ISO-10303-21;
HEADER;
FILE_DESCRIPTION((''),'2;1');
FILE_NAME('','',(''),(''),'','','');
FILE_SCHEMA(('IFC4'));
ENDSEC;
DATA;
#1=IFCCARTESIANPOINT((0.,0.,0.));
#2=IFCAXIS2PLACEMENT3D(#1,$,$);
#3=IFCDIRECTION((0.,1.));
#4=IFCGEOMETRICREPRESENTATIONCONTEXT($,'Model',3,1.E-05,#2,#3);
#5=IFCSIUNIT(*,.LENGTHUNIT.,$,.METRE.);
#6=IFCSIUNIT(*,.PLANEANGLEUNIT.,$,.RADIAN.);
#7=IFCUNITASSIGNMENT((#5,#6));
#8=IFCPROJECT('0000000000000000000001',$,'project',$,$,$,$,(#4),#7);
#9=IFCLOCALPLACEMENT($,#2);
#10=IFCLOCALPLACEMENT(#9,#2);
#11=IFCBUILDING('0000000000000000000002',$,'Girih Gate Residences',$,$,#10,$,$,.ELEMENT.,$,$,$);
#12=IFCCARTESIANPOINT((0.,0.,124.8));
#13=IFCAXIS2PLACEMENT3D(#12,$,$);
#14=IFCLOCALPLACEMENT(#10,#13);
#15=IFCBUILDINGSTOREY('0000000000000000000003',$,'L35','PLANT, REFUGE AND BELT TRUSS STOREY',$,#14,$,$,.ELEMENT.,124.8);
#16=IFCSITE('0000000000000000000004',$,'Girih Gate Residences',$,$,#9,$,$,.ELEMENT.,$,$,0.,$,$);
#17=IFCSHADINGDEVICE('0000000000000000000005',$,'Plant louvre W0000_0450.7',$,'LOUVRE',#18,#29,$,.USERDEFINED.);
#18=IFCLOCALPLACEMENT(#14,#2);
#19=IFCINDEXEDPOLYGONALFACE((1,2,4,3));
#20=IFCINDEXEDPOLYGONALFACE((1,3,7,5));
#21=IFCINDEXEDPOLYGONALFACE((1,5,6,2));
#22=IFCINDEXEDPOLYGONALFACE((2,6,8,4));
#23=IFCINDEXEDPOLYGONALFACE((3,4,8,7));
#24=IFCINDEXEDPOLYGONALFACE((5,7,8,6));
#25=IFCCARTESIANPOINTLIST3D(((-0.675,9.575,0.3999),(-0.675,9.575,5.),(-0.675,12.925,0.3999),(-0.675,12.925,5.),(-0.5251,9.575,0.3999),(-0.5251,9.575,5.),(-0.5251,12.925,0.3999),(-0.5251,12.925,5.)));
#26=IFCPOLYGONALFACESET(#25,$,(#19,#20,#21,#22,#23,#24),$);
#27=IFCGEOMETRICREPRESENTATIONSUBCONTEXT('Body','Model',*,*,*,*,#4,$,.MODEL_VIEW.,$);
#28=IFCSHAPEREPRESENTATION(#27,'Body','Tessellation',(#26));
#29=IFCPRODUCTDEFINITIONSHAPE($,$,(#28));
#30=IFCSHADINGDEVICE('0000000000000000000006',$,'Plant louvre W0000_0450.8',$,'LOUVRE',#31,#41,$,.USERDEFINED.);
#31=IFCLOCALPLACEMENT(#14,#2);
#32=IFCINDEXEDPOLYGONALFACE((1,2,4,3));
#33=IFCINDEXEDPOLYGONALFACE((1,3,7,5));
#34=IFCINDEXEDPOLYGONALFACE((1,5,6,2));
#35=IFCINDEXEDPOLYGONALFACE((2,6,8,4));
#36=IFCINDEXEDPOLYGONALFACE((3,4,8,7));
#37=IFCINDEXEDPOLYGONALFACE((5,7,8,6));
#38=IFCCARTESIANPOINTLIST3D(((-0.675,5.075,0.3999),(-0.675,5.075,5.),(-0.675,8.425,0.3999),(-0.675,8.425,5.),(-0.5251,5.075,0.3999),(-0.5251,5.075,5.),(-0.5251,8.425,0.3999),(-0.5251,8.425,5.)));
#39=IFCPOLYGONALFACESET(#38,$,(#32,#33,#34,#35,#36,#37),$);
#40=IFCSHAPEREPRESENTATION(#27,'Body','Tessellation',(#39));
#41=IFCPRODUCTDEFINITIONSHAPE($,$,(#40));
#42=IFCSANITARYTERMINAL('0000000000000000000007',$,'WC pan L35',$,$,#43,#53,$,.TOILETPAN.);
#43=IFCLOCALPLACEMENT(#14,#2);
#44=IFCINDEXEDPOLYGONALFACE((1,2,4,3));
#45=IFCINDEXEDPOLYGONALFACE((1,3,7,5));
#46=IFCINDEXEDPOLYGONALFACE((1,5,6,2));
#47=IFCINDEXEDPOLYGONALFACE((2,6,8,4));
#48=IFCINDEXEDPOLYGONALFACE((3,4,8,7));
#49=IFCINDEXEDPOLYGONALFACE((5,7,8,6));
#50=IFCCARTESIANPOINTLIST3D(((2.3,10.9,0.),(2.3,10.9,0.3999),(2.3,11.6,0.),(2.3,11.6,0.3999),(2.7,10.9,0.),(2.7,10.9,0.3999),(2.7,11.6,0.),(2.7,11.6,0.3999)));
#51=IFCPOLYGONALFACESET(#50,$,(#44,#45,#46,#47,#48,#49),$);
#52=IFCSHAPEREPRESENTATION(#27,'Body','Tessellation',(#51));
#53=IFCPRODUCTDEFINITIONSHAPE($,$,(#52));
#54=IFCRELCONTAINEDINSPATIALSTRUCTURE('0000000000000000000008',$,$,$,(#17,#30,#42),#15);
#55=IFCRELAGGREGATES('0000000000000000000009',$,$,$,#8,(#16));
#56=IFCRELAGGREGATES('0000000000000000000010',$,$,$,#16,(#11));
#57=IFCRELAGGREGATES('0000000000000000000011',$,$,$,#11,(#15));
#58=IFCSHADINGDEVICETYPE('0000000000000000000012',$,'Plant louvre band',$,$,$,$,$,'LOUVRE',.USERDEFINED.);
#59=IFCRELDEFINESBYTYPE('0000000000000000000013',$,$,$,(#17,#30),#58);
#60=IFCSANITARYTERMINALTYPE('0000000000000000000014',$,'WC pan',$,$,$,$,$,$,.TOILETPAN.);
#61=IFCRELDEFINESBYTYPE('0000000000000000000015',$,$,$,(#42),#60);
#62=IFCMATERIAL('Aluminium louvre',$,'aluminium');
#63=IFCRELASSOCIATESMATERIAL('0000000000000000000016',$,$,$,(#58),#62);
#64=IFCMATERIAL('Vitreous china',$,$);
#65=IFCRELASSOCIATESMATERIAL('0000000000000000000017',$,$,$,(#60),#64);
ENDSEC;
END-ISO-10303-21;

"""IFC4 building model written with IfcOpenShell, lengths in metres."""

from ifc_helpers import new_model, si_unit, direction, frame, origin, origin_2d, place, context, subcontext, project, spatial, rectangle, extrude, material, type_object, element, save


model = new_model("IFC4")

# Units and contexts
model_context = context("Model", 3, precision=1e-05, world=origin(), true_north=direction((0.0, 1.0)))
body_context = subcontext(model_context, "Body", "Model", "MODEL_VIEW")
ifc_project = project(units=[si_unit("LENGTHUNIT", "METRE"), si_unit("PLANEANGLEUNIT", "RADIAN")], contexts=[model_context])

# Site, building, storey
site_placement = place(None, origin())
site = spatial("IfcSite", under=ifc_project, at=site_placement, Name="Girih Gate Residences", CompositionType="ELEMENT", RefElevation=0.0)
building_placement = place(site_placement, origin())
building = spatial("IfcBuilding", under=site, at=building_placement, Name="Girih Gate Residences", CompositionType="ELEMENT")
storey_placement = place(building_placement, frame((0.0, 0.0, 124.8)))
storey = spatial("IfcBuildingStorey", under=building, at=storey_placement, Name="L35", Description="PLANT, REFUGE AND BELT TRUSS STOREY", CompositionType="ELEMENT", Elevation=124.8)

# Shading devices
ifc_material_1 = material(Name="Aluminium louvre", Category="aluminium")
shading_device_type = type_object("IfcShadingDeviceType", Name="Plant louvre band", ElementType="LOUVRE", PredefinedType="USERDEFINED", material=ifc_material_1)
for number, where, z_axis, x_axis, name in (
    (1, (-0.6001, 11.25, 0.3999), (0.0, 0.0, 1.0), (0.0, -1.0, 0.0), "Plant louvre W0000_0450.7"),
    (2, (-0.6001, 6.75, 0.3999), (0.0, 0.0, 1.0), (0.0, -1.0, 0.0), "Plant louvre W0000_0450.8"),
):
    element("IfcShadingDevice", number, at=place(storey_placement, frame(where, z_axis=z_axis, x_axis=x_axis)), inside=storey, type_object=shading_device_type, Name=name, ObjectType="LOUVRE", PredefinedType="USERDEFINED", context=body_context, shape_type="SweptSolid", body=[
        extrude(rectangle(XDim=3.3501, YDim=0.1499, at=origin_2d()), origin(), (0.0, 0.0, 1.0), 4.6001),
    ])

# Sanitary terminal
ifc_material_2 = material(Name="Vitreous china")
sanitary_terminal_type = type_object("IfcSanitaryTerminalType", Name="WC pan", PredefinedType="TOILETPAN", material=ifc_material_2)
sanitary_terminal_placement = place(storey_placement, frame((2.5, 11.25, 0.0), z_axis=(0.0, 0.0, 1.0), x_axis=(1.0, 0.0, 0.0)))
element("IfcSanitaryTerminal", 3, at=sanitary_terminal_placement, inside=storey, type_object=sanitary_terminal_type, Name="WC pan L35", PredefinedType="TOILETPAN", context=body_context, shape_type="SweptSolid", body=[
    extrude(rectangle(XDim=0.3999, YDim=0.7, at=origin_2d()), origin(), (0.0, 0.0, 1.0), 0.3999),
])

save(model, "model.ifc")
